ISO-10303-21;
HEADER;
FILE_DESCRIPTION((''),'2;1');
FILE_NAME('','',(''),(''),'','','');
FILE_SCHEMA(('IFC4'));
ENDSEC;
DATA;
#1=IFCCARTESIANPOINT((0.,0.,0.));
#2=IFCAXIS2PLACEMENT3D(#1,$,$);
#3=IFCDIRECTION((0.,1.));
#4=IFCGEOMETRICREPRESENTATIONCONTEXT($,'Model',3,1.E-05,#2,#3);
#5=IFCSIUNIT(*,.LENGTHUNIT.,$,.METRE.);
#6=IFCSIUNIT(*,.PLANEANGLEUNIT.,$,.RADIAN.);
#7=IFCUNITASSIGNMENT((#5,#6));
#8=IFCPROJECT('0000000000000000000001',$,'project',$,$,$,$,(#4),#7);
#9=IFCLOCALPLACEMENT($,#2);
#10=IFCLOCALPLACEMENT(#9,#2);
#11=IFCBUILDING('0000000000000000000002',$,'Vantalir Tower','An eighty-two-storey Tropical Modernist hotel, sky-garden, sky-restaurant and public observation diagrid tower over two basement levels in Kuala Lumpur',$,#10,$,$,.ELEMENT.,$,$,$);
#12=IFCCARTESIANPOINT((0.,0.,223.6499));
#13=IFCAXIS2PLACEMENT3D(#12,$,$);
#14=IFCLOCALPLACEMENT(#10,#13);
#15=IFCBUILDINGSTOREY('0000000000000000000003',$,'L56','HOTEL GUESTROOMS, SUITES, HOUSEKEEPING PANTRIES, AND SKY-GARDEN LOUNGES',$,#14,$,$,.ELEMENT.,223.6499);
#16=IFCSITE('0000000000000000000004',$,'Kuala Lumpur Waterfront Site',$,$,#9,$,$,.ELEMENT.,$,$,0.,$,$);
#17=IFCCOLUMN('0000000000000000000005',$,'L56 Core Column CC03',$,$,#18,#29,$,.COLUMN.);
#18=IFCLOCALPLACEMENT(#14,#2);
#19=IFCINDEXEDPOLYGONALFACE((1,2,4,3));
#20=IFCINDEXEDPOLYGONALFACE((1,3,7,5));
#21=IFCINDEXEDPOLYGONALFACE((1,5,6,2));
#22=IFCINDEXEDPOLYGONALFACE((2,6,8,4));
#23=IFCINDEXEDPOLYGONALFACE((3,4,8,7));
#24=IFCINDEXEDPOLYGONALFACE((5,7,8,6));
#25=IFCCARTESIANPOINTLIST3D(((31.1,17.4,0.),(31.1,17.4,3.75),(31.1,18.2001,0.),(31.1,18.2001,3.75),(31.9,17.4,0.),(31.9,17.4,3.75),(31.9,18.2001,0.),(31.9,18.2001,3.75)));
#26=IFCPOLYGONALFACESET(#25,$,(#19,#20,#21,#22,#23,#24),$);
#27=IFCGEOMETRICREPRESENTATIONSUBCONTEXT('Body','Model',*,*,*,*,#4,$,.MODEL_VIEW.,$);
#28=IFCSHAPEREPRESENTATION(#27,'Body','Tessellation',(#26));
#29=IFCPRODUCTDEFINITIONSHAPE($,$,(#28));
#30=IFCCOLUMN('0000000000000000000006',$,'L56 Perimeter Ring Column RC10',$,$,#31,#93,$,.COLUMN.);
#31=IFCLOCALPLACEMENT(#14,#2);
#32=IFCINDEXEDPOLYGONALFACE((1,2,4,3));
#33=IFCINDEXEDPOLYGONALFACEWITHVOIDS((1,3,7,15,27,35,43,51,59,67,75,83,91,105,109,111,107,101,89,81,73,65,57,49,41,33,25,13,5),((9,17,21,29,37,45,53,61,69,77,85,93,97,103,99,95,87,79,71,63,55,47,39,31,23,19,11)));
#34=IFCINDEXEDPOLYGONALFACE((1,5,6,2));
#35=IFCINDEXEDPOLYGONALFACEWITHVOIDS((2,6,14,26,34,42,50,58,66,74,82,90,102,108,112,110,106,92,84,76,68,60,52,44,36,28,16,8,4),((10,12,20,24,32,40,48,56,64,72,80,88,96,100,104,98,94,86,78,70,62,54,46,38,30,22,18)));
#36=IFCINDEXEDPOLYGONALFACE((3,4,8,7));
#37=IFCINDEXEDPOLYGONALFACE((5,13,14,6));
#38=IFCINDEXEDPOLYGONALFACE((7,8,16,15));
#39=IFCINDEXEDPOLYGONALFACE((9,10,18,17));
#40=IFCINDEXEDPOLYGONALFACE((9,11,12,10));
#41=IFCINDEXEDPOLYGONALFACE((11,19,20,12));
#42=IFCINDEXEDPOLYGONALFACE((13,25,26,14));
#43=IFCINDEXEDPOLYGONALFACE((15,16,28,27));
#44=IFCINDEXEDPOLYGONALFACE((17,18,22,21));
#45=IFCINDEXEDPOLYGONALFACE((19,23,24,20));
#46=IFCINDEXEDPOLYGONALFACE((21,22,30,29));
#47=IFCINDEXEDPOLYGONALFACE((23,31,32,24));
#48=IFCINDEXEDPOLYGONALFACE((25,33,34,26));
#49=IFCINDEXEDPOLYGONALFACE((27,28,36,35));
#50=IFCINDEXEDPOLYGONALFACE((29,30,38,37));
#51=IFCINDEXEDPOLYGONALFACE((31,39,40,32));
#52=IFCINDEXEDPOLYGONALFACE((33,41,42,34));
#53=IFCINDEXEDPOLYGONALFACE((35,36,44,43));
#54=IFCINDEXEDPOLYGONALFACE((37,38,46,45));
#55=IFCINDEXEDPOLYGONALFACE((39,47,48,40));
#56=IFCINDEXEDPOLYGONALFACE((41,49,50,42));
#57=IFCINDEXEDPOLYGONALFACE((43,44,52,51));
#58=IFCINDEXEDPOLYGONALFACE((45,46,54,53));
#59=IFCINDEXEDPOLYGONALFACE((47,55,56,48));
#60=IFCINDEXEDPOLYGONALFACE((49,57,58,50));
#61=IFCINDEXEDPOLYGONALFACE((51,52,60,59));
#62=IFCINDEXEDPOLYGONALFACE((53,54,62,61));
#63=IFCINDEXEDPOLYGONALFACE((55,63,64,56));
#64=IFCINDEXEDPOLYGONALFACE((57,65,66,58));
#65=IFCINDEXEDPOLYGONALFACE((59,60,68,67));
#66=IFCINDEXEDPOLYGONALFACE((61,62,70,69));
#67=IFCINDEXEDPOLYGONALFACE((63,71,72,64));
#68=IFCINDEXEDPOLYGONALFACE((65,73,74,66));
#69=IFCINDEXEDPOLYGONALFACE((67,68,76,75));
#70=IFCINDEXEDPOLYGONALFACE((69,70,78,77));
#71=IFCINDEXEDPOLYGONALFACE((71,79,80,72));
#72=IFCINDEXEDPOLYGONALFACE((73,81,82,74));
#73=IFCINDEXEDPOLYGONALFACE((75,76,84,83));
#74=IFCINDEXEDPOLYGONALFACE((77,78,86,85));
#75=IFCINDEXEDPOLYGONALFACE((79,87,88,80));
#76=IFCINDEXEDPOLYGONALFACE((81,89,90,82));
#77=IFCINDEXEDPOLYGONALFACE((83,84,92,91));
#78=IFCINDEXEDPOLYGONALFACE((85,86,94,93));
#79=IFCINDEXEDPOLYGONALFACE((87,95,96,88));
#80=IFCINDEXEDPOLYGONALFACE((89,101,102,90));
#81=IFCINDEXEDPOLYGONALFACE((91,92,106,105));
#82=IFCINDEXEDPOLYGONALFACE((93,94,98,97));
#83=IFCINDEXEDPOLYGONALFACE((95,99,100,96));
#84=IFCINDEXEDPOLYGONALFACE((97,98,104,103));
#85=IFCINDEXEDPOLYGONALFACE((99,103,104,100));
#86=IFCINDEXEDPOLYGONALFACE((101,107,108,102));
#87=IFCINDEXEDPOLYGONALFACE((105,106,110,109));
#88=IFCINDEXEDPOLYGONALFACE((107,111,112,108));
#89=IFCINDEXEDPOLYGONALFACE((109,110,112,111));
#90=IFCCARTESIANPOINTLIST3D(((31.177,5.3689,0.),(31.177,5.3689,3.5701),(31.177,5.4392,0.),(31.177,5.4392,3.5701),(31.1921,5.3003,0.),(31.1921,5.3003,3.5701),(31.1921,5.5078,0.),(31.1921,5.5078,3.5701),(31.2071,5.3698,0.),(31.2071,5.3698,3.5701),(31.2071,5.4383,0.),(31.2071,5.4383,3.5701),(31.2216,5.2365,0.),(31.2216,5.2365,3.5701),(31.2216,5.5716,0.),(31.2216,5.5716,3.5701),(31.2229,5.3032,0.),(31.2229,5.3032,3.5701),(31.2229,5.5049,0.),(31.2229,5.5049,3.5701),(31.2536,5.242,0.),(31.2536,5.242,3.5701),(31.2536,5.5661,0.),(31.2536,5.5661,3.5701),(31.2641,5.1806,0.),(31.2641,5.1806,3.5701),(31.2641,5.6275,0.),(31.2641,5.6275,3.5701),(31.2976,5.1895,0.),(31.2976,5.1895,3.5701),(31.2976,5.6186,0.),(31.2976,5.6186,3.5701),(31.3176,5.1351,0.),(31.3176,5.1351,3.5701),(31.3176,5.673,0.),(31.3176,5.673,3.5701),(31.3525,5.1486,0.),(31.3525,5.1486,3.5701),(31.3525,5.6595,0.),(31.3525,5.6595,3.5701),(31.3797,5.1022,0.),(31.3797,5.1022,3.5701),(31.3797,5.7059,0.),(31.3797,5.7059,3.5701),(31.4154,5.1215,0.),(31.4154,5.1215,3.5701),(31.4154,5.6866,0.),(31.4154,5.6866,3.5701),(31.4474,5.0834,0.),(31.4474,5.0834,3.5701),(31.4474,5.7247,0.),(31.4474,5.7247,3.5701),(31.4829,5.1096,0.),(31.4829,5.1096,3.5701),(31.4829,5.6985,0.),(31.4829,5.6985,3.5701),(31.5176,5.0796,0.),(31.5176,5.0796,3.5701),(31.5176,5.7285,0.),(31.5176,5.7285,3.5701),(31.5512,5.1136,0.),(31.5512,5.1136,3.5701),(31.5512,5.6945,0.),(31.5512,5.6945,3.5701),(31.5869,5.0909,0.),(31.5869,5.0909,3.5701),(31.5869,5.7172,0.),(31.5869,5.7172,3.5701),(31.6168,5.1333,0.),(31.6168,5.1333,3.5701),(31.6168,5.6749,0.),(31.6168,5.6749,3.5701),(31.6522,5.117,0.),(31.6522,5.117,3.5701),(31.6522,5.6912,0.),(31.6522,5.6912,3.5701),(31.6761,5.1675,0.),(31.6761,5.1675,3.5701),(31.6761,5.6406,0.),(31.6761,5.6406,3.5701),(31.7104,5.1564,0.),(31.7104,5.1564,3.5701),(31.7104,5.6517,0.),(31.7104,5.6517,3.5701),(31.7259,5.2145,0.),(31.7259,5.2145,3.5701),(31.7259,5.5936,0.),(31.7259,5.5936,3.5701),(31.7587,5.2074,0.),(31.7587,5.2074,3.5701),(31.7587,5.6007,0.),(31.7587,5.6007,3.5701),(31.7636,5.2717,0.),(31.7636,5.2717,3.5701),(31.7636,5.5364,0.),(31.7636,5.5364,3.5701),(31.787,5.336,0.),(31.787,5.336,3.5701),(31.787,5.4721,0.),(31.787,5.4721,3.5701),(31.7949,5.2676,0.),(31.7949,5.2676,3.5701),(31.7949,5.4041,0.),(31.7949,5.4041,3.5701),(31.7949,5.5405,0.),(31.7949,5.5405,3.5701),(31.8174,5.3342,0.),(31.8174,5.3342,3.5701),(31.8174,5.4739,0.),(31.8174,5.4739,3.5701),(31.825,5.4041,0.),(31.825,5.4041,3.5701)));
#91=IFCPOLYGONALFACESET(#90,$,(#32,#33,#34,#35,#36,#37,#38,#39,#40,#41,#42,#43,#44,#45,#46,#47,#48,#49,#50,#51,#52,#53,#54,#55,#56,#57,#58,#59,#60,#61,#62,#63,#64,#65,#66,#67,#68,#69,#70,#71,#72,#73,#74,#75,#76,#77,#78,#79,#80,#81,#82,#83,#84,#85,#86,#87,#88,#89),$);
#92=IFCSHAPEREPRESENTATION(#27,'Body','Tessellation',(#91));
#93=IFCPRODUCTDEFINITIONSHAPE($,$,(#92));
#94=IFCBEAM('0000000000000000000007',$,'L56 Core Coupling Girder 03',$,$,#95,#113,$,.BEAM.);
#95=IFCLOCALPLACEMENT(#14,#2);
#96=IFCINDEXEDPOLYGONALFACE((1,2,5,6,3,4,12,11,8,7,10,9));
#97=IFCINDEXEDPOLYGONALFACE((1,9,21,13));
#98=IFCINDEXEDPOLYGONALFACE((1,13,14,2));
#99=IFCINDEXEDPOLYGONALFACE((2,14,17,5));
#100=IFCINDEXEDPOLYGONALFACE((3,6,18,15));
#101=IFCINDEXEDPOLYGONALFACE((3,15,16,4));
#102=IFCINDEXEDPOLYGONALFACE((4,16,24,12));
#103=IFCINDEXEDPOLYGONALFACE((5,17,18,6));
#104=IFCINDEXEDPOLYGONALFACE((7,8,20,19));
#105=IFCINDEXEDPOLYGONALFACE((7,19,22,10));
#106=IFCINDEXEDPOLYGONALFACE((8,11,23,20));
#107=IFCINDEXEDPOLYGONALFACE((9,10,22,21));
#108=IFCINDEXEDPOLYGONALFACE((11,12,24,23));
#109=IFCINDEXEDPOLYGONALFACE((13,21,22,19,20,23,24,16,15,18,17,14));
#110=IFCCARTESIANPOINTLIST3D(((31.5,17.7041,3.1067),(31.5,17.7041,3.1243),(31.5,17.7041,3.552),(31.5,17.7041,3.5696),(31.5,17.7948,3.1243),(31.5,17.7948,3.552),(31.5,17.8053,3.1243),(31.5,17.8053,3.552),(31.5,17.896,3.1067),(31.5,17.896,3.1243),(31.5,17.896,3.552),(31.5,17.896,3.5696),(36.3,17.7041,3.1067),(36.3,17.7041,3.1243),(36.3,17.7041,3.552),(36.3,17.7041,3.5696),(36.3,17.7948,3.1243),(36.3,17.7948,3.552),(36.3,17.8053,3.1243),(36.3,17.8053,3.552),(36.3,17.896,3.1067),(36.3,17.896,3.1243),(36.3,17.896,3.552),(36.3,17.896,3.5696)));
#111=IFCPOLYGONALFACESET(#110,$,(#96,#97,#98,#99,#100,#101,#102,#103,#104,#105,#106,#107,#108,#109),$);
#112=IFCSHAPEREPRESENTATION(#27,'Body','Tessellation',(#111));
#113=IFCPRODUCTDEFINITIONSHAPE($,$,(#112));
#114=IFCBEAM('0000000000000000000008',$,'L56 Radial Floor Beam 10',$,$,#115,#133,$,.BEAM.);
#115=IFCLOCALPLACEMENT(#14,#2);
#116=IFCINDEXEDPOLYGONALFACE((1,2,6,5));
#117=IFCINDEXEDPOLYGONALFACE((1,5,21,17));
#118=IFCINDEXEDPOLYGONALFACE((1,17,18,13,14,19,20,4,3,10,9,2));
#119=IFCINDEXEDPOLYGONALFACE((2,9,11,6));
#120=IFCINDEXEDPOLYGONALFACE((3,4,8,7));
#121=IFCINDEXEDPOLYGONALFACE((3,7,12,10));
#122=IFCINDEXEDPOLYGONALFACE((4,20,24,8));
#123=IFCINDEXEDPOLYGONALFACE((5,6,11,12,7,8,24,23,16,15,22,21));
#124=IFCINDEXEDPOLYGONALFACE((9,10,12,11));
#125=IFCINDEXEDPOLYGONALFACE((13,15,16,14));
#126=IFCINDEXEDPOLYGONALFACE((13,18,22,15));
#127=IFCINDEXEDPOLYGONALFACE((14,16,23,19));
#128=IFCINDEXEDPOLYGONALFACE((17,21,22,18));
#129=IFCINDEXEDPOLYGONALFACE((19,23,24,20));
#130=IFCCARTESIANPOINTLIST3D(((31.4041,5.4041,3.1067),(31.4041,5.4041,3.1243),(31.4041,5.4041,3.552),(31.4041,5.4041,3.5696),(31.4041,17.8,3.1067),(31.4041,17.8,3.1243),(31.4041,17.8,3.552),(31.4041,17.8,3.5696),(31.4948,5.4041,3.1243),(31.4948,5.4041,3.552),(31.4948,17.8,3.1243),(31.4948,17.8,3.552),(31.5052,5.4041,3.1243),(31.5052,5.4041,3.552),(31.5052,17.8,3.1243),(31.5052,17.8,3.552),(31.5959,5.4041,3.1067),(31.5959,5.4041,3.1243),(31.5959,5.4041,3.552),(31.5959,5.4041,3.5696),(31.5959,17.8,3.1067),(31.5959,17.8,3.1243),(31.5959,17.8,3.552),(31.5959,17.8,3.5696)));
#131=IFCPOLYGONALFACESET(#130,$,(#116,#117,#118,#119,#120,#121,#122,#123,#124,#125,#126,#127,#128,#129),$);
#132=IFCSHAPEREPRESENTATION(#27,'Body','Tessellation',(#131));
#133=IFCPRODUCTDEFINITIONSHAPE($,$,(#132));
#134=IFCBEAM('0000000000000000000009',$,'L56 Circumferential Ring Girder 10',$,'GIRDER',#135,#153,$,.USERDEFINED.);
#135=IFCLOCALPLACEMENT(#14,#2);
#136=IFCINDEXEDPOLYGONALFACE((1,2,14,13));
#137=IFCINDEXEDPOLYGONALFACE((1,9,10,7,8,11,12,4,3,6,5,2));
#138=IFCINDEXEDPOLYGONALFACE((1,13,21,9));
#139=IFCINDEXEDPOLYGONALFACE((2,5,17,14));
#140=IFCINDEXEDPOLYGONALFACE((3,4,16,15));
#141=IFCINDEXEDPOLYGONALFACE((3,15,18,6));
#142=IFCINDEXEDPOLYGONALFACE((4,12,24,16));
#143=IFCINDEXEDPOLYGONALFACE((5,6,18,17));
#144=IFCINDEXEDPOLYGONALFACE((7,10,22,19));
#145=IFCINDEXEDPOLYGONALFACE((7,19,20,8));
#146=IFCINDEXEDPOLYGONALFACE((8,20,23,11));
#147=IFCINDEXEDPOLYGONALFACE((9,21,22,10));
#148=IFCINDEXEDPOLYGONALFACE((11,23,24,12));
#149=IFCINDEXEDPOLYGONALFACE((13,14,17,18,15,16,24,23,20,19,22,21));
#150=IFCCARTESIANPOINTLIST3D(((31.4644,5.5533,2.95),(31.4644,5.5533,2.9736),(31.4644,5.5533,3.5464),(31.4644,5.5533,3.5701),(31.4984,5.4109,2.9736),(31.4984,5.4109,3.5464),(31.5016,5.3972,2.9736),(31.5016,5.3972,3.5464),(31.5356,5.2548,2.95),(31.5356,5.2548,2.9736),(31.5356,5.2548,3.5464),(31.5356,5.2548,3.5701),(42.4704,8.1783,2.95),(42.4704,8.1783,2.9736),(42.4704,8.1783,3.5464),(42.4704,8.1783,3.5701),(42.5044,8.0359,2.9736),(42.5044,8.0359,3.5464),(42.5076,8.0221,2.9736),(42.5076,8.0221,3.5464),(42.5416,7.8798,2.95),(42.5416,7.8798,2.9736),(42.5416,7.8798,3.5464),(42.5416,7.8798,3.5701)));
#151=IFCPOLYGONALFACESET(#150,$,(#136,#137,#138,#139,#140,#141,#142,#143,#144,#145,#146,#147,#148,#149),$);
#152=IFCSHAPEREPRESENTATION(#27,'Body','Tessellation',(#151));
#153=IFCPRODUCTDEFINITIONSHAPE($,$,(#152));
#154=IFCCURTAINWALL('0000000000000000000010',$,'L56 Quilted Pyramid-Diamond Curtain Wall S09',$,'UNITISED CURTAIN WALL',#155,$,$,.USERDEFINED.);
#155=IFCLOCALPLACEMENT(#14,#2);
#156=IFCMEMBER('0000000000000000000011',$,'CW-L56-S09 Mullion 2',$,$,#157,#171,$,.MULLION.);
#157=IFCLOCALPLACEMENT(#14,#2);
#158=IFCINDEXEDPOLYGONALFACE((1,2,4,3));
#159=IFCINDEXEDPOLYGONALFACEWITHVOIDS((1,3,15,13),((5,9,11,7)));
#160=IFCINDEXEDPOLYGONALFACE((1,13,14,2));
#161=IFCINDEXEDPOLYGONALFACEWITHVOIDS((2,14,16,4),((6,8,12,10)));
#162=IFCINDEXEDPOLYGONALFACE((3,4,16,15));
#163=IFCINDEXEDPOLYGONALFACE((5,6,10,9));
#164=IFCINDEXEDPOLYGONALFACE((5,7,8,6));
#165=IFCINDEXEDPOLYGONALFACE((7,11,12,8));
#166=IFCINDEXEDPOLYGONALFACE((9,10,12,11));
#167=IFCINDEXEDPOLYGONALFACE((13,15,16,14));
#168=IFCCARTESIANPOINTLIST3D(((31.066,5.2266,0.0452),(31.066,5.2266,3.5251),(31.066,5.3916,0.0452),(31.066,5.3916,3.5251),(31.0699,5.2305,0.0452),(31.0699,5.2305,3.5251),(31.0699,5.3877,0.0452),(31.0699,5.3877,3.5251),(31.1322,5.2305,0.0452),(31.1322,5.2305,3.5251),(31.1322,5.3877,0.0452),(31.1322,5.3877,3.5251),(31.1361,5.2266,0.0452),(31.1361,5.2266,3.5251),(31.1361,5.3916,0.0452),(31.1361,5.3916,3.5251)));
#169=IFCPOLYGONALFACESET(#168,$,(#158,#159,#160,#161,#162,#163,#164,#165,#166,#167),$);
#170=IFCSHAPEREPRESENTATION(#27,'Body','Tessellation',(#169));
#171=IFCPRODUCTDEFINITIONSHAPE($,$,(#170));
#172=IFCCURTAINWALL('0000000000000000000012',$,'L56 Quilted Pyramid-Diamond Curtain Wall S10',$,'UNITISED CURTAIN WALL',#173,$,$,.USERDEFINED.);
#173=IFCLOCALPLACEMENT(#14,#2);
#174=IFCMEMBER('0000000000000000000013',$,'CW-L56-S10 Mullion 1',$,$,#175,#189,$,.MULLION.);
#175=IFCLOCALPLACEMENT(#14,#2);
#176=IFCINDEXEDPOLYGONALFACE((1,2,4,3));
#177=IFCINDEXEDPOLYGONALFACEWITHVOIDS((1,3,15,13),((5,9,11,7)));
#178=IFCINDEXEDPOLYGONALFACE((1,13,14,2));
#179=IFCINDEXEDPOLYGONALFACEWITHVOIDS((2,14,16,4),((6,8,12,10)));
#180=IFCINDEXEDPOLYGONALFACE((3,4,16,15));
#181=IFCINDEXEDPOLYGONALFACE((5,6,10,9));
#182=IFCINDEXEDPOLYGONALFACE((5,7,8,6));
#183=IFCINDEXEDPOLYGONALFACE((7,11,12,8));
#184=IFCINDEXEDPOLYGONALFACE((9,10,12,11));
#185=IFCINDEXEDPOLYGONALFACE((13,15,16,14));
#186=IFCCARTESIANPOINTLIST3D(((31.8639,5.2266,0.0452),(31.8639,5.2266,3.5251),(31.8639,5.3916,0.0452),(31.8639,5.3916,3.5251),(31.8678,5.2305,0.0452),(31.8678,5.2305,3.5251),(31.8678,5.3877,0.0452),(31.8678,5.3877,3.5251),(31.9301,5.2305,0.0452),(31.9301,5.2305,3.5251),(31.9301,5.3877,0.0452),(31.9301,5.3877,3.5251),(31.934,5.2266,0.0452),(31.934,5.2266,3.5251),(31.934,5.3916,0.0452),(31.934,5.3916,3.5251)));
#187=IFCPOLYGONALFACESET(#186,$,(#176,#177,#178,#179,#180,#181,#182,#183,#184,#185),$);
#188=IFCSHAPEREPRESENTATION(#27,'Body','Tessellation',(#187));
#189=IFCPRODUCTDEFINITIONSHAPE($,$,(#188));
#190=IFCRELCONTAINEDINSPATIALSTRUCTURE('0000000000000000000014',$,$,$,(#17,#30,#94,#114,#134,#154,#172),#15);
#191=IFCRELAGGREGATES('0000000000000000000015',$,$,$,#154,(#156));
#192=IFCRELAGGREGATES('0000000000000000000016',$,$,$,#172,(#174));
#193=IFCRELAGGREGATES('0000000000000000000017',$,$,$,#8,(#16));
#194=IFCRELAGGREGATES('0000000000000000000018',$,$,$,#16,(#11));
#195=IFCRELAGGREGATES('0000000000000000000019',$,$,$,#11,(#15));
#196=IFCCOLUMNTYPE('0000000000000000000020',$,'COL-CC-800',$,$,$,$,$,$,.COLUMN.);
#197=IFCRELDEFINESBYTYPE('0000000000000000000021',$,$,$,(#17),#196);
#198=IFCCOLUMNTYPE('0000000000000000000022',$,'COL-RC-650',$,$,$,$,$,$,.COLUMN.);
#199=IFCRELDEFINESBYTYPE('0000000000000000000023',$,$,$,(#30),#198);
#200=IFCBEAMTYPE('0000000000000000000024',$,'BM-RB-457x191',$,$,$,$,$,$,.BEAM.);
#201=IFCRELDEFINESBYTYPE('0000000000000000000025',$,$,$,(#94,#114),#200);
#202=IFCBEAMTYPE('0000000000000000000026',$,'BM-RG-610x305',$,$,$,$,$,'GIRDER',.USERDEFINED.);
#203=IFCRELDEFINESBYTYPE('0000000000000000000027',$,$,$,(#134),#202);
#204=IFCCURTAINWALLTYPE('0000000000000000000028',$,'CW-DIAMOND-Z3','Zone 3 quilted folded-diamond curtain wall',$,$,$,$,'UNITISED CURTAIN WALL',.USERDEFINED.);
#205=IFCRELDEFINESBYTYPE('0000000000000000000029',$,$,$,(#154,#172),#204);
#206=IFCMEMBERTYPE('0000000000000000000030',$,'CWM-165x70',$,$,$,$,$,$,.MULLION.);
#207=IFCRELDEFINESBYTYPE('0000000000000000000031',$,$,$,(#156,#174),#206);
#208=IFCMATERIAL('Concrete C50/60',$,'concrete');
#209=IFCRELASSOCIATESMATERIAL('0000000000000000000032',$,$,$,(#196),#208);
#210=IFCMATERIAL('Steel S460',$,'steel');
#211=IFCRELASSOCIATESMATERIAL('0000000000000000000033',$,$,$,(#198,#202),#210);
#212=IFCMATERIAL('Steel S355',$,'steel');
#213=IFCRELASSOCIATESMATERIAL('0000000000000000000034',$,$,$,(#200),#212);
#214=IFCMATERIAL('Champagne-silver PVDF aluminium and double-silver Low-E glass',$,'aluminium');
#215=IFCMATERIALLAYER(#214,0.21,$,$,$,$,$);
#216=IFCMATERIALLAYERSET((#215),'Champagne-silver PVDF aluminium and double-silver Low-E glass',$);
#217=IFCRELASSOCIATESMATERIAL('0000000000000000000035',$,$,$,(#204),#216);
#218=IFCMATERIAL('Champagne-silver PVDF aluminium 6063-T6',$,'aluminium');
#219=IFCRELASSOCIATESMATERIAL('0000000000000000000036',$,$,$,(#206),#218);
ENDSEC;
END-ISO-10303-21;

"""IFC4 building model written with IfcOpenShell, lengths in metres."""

from ifc_helpers import new_model, si_unit, direction, frame, origin, origin_2d, place, context, subcontext, project, spatial, rectangle, hollow_rectangle, hollow_circle, i_section, extrude, material, layer, layer_set, material_profile, profile_set, type_object, element, aggregate, save


model = new_model("IFC4")

# Units and contexts
model_context = context("Model", 3, precision=1e-05, world=origin(), true_north=direction((0.0, 1.0)))
body_context = subcontext(model_context, "Body", "Model", "MODEL_VIEW")
ifc_project = project(units=[si_unit("LENGTHUNIT", "METRE"), si_unit("PLANEANGLEUNIT", "RADIAN")], contexts=[model_context])

# Site, building, storey
site_placement = place(None, origin())
site = spatial("IfcSite", under=ifc_project, at=site_placement, Name="Kuala Lumpur Waterfront Site", CompositionType="ELEMENT", RefElevation=0.0)
building_placement = place(site_placement, origin())
building = spatial("IfcBuilding", under=site, at=building_placement, Name="Vantalir Tower", Description="An eighty-two-storey Tropical Modernist hotel, sky-garden, sky-restaurant and public observation diagrid tower over two basement levels in Kuala Lumpur", CompositionType="ELEMENT")
storey_placement = place(building_placement, frame((0.0, 0.0, 223.6499)))
storey = spatial("IfcBuildingStorey", under=building, at=storey_placement, Name="L56", Description="HOTEL GUESTROOMS, SUITES, HOUSEKEEPING PANTRIES, AND SKY-GARDEN LOUNGES", CompositionType="ELEMENT", Elevation=223.6499)

# Columns
ifc_material_1 = material(Name="Concrete C50/60", Category="concrete")
ifc_material_profile_1 = material_profile(ifc_material_1, rectangle(XDim=0.8, YDim=0.8, at=origin_2d()), Name="Concrete C50/60")
ifc_profile_set_1 = profile_set([ifc_material_profile_1], Name="Concrete C50/60")
column_type_1 = type_object("IfcColumnType", Name="COL-CC-800", PredefinedType="COLUMN", material=ifc_profile_set_1)
column_1_placement = place(storey_placement, frame((31.5, 17.8, 0.0), z_axis=(0.0, 0.0, 1.0), x_axis=(1.0, 0.0, 0.0)))
element("IfcColumn", 1, at=column_1_placement, inside=storey, type_object=column_type_1, Name="L56 Core Column CC03", PredefinedType="COLUMN", context=body_context, shape_type="SweptSolid", body=[
    extrude(rectangle(XDim=0.8, YDim=0.8, at=origin_2d()), origin(), (0.0, 0.0, 1.0), 3.75),
])
ifc_material_2 = material(Name="Steel S460", Category="steel")
ifc_material_profile_2 = material_profile(ifc_material_2, hollow_circle(Radius=0.325, WallThickness=0.03, at=origin_2d()), Name="Steel S460")
ifc_profile_set_2 = profile_set([ifc_material_profile_2], Name="Steel S460")
column_type_2 = type_object("IfcColumnType", Name="COL-RC-650", PredefinedType="COLUMN", material=ifc_profile_set_2)
column_2_placement = place(storey_placement, frame((31.5, 5.4041, 0.0), z_axis=(0.0, 0.0, 1.0), x_axis=(1.0, 0.0, 0.0)))
element("IfcColumn", 2, at=column_2_placement, inside=storey, type_object=column_type_2, Name="L56 Perimeter Ring Column RC10", PredefinedType="COLUMN", context=body_context, shape_type="SweptSolid", body=[
    extrude(hollow_circle(Radius=0.325, WallThickness=0.03, at=origin_2d()), origin(), (0.0, 0.0, 1.0), 3.5701),
])

# Beams
ifc_material_3 = material(Name="Steel S355", Category="steel")
ifc_material_profile_3 = material_profile(ifc_material_3, i_section(OverallWidth=0.1919, OverallDepth=0.4629, WebThickness=0.0105, FlangeThickness=0.0176, at=origin_2d()), Name="Steel S355")
ifc_profile_set_3 = profile_set([ifc_material_profile_3], Name="Steel S355")
beam_type_1 = type_object("IfcBeamType", Name="BM-RB-457x191", PredefinedType="BEAM", material=ifc_profile_set_3)
beam_1_placement = place(storey_placement, frame((31.5, 17.8, 3.3381), z_axis=(1.0, 0.0, 0.0), x_axis=(0.0, 1.0, 0.0)))
element("IfcBeam", 3, at=beam_1_placement, inside=storey, type_object=beam_type_1, Name="L56 Core Coupling Girder 03", PredefinedType="BEAM", context=body_context, shape_type="SweptSolid", body=[
    extrude(i_section(OverallWidth=0.1919, OverallDepth=0.4629, WebThickness=0.0105, FlangeThickness=0.0176, at=origin_2d()), origin(), (0.0, 0.0, 1.0), 4.8),
])
beam_2_placement = place(storey_placement, frame((31.5, 5.4041, 3.3381), z_axis=(0.0, 1.0, 0.0), x_axis=(-1.0, 0.0, 0.0)))
element("IfcBeam", 4, at=beam_2_placement, inside=storey, type_object=beam_type_1, Name="L56 Radial Floor Beam 10", PredefinedType="BEAM", context=body_context, shape_type="SweptSolid", body=[
    extrude(i_section(OverallWidth=0.1919, OverallDepth=0.4629, WebThickness=0.0105, FlangeThickness=0.0176, at=origin_2d()), origin(), (0.0, 0.0, 1.0), 12.396),
])
ifc_material_profile_4 = material_profile(ifc_material_2, i_section(OverallWidth=0.3069, OverallDepth=0.6201, WebThickness=0.0142, FlangeThickness=0.0237, at=origin_2d()), Name="Steel S460")
ifc_profile_set_4 = profile_set([ifc_material_profile_4], Name="Steel S460")
beam_type_2 = type_object("IfcBeamType", Name="BM-RG-610x305", ElementType="GIRDER", PredefinedType="USERDEFINED", material=ifc_profile_set_4)
beam_3_placement = place(storey_placement, frame((31.5, 5.4041, 3.26), z_axis=(0.972717, 0.231997, 0.0), x_axis=(-0.231997, 0.972717, 0.0)))
element("IfcBeam", 5, at=beam_3_placement, inside=storey, type_object=beam_type_2, Name="L56 Circumferential Ring Girder 10", ObjectType="GIRDER", PredefinedType="USERDEFINED", context=body_context, shape_type="SweptSolid", body=[
    extrude(i_section(OverallWidth=0.3069, OverallDepth=0.6201, WebThickness=0.0142, FlangeThickness=0.0237, at=origin_2d()), origin(), (0.0, 0.0, 1.0), 11.3147),
])

# Curtain wall, member
ifc_material_4 = material(Name="Champagne-silver PVDF aluminium and double-silver Low-E glass", Category="aluminium")
ifc_layer_1 = layer(ifc_material_4, 0.21)
ifc_layer_set_1 = layer_set([ifc_layer_1], Name="Champagne-silver PVDF aluminium and double-silver Low-E glass")
curtain_wall_type = type_object("IfcCurtainWallType", Name="CW-DIAMOND-Z3", Description="Zone 3 quilted folded-diamond curtain wall", ElementType="UNITISED CURTAIN WALL", PredefinedType="USERDEFINED", material=ifc_layer_set_1)
curtain_wall_1_placement = place(storey_placement, origin())
curtain_wall_1 = element("IfcCurtainWall", 6, at=curtain_wall_1_placement, inside=storey, type_object=curtain_wall_type, Name="L56 Quilted Pyramid-Diamond Curtain Wall S09", ObjectType="UNITISED CURTAIN WALL", PredefinedType="USERDEFINED")
ifc_material_5 = material(Name="Champagne-silver PVDF aluminium 6063-T6", Category="aluminium")
ifc_material_profile_5 = material_profile(ifc_material_5, hollow_rectangle(XDim=0.0701, YDim=0.165, WallThickness=0.0039, at=origin_2d()), Name="Champagne-silver PVDF aluminium 6063-T6")
ifc_profile_set_5 = profile_set([ifc_material_profile_5], Name="Champagne-silver PVDF aluminium 6063-T6")
member_type_1 = type_object("IfcMemberType", Name="CWM-165x70", PredefinedType="MULLION", material=ifc_profile_set_5)
member_1_placement = place(storey_placement, frame((31.1011, 5.3091, 0.0452), z_axis=(0.0, 0.0, 1.0), x_axis=(1.0, 0.0, 0.0)))
member_1 = element("IfcMember", 7, at=member_1_placement, type_object=member_type_1, Name="CW-L56-S09 Mullion 2", PredefinedType="MULLION", context=body_context, shape_type="SweptSolid", body=[
    extrude(hollow_rectangle(XDim=0.0701, YDim=0.165, WallThickness=0.0039, at=origin_2d()), origin(), (0.0, 0.0, 1.0), 3.48),
])
aggregate(curtain_wall_1, [member_1])

# Curtain wall, member
curtain_wall_2_placement = place(storey_placement, origin())
curtain_wall_2 = element("IfcCurtainWall", 8, at=curtain_wall_2_placement, inside=storey, type_object=curtain_wall_type, Name="L56 Quilted Pyramid-Diamond Curtain Wall S10", ObjectType="UNITISED CURTAIN WALL", PredefinedType="USERDEFINED")
member_2_placement = place(storey_placement, frame((31.8989, 5.3091, 0.0452), z_axis=(0.0, 0.0, 1.0), x_axis=(1.0, 0.0, 0.0)))
member_2 = element("IfcMember", 9, at=member_2_placement, type_object=member_type_1, Name="CW-L56-S10 Mullion 1", PredefinedType="MULLION", context=body_context, shape_type="SweptSolid", body=[
    extrude(hollow_rectangle(XDim=0.0701, YDim=0.165, WallThickness=0.0039, at=origin_2d()), origin(), (0.0, 0.0, 1.0), 3.48),
])
aggregate(curtain_wall_2, [member_2])

save(model, "model.ifc")
